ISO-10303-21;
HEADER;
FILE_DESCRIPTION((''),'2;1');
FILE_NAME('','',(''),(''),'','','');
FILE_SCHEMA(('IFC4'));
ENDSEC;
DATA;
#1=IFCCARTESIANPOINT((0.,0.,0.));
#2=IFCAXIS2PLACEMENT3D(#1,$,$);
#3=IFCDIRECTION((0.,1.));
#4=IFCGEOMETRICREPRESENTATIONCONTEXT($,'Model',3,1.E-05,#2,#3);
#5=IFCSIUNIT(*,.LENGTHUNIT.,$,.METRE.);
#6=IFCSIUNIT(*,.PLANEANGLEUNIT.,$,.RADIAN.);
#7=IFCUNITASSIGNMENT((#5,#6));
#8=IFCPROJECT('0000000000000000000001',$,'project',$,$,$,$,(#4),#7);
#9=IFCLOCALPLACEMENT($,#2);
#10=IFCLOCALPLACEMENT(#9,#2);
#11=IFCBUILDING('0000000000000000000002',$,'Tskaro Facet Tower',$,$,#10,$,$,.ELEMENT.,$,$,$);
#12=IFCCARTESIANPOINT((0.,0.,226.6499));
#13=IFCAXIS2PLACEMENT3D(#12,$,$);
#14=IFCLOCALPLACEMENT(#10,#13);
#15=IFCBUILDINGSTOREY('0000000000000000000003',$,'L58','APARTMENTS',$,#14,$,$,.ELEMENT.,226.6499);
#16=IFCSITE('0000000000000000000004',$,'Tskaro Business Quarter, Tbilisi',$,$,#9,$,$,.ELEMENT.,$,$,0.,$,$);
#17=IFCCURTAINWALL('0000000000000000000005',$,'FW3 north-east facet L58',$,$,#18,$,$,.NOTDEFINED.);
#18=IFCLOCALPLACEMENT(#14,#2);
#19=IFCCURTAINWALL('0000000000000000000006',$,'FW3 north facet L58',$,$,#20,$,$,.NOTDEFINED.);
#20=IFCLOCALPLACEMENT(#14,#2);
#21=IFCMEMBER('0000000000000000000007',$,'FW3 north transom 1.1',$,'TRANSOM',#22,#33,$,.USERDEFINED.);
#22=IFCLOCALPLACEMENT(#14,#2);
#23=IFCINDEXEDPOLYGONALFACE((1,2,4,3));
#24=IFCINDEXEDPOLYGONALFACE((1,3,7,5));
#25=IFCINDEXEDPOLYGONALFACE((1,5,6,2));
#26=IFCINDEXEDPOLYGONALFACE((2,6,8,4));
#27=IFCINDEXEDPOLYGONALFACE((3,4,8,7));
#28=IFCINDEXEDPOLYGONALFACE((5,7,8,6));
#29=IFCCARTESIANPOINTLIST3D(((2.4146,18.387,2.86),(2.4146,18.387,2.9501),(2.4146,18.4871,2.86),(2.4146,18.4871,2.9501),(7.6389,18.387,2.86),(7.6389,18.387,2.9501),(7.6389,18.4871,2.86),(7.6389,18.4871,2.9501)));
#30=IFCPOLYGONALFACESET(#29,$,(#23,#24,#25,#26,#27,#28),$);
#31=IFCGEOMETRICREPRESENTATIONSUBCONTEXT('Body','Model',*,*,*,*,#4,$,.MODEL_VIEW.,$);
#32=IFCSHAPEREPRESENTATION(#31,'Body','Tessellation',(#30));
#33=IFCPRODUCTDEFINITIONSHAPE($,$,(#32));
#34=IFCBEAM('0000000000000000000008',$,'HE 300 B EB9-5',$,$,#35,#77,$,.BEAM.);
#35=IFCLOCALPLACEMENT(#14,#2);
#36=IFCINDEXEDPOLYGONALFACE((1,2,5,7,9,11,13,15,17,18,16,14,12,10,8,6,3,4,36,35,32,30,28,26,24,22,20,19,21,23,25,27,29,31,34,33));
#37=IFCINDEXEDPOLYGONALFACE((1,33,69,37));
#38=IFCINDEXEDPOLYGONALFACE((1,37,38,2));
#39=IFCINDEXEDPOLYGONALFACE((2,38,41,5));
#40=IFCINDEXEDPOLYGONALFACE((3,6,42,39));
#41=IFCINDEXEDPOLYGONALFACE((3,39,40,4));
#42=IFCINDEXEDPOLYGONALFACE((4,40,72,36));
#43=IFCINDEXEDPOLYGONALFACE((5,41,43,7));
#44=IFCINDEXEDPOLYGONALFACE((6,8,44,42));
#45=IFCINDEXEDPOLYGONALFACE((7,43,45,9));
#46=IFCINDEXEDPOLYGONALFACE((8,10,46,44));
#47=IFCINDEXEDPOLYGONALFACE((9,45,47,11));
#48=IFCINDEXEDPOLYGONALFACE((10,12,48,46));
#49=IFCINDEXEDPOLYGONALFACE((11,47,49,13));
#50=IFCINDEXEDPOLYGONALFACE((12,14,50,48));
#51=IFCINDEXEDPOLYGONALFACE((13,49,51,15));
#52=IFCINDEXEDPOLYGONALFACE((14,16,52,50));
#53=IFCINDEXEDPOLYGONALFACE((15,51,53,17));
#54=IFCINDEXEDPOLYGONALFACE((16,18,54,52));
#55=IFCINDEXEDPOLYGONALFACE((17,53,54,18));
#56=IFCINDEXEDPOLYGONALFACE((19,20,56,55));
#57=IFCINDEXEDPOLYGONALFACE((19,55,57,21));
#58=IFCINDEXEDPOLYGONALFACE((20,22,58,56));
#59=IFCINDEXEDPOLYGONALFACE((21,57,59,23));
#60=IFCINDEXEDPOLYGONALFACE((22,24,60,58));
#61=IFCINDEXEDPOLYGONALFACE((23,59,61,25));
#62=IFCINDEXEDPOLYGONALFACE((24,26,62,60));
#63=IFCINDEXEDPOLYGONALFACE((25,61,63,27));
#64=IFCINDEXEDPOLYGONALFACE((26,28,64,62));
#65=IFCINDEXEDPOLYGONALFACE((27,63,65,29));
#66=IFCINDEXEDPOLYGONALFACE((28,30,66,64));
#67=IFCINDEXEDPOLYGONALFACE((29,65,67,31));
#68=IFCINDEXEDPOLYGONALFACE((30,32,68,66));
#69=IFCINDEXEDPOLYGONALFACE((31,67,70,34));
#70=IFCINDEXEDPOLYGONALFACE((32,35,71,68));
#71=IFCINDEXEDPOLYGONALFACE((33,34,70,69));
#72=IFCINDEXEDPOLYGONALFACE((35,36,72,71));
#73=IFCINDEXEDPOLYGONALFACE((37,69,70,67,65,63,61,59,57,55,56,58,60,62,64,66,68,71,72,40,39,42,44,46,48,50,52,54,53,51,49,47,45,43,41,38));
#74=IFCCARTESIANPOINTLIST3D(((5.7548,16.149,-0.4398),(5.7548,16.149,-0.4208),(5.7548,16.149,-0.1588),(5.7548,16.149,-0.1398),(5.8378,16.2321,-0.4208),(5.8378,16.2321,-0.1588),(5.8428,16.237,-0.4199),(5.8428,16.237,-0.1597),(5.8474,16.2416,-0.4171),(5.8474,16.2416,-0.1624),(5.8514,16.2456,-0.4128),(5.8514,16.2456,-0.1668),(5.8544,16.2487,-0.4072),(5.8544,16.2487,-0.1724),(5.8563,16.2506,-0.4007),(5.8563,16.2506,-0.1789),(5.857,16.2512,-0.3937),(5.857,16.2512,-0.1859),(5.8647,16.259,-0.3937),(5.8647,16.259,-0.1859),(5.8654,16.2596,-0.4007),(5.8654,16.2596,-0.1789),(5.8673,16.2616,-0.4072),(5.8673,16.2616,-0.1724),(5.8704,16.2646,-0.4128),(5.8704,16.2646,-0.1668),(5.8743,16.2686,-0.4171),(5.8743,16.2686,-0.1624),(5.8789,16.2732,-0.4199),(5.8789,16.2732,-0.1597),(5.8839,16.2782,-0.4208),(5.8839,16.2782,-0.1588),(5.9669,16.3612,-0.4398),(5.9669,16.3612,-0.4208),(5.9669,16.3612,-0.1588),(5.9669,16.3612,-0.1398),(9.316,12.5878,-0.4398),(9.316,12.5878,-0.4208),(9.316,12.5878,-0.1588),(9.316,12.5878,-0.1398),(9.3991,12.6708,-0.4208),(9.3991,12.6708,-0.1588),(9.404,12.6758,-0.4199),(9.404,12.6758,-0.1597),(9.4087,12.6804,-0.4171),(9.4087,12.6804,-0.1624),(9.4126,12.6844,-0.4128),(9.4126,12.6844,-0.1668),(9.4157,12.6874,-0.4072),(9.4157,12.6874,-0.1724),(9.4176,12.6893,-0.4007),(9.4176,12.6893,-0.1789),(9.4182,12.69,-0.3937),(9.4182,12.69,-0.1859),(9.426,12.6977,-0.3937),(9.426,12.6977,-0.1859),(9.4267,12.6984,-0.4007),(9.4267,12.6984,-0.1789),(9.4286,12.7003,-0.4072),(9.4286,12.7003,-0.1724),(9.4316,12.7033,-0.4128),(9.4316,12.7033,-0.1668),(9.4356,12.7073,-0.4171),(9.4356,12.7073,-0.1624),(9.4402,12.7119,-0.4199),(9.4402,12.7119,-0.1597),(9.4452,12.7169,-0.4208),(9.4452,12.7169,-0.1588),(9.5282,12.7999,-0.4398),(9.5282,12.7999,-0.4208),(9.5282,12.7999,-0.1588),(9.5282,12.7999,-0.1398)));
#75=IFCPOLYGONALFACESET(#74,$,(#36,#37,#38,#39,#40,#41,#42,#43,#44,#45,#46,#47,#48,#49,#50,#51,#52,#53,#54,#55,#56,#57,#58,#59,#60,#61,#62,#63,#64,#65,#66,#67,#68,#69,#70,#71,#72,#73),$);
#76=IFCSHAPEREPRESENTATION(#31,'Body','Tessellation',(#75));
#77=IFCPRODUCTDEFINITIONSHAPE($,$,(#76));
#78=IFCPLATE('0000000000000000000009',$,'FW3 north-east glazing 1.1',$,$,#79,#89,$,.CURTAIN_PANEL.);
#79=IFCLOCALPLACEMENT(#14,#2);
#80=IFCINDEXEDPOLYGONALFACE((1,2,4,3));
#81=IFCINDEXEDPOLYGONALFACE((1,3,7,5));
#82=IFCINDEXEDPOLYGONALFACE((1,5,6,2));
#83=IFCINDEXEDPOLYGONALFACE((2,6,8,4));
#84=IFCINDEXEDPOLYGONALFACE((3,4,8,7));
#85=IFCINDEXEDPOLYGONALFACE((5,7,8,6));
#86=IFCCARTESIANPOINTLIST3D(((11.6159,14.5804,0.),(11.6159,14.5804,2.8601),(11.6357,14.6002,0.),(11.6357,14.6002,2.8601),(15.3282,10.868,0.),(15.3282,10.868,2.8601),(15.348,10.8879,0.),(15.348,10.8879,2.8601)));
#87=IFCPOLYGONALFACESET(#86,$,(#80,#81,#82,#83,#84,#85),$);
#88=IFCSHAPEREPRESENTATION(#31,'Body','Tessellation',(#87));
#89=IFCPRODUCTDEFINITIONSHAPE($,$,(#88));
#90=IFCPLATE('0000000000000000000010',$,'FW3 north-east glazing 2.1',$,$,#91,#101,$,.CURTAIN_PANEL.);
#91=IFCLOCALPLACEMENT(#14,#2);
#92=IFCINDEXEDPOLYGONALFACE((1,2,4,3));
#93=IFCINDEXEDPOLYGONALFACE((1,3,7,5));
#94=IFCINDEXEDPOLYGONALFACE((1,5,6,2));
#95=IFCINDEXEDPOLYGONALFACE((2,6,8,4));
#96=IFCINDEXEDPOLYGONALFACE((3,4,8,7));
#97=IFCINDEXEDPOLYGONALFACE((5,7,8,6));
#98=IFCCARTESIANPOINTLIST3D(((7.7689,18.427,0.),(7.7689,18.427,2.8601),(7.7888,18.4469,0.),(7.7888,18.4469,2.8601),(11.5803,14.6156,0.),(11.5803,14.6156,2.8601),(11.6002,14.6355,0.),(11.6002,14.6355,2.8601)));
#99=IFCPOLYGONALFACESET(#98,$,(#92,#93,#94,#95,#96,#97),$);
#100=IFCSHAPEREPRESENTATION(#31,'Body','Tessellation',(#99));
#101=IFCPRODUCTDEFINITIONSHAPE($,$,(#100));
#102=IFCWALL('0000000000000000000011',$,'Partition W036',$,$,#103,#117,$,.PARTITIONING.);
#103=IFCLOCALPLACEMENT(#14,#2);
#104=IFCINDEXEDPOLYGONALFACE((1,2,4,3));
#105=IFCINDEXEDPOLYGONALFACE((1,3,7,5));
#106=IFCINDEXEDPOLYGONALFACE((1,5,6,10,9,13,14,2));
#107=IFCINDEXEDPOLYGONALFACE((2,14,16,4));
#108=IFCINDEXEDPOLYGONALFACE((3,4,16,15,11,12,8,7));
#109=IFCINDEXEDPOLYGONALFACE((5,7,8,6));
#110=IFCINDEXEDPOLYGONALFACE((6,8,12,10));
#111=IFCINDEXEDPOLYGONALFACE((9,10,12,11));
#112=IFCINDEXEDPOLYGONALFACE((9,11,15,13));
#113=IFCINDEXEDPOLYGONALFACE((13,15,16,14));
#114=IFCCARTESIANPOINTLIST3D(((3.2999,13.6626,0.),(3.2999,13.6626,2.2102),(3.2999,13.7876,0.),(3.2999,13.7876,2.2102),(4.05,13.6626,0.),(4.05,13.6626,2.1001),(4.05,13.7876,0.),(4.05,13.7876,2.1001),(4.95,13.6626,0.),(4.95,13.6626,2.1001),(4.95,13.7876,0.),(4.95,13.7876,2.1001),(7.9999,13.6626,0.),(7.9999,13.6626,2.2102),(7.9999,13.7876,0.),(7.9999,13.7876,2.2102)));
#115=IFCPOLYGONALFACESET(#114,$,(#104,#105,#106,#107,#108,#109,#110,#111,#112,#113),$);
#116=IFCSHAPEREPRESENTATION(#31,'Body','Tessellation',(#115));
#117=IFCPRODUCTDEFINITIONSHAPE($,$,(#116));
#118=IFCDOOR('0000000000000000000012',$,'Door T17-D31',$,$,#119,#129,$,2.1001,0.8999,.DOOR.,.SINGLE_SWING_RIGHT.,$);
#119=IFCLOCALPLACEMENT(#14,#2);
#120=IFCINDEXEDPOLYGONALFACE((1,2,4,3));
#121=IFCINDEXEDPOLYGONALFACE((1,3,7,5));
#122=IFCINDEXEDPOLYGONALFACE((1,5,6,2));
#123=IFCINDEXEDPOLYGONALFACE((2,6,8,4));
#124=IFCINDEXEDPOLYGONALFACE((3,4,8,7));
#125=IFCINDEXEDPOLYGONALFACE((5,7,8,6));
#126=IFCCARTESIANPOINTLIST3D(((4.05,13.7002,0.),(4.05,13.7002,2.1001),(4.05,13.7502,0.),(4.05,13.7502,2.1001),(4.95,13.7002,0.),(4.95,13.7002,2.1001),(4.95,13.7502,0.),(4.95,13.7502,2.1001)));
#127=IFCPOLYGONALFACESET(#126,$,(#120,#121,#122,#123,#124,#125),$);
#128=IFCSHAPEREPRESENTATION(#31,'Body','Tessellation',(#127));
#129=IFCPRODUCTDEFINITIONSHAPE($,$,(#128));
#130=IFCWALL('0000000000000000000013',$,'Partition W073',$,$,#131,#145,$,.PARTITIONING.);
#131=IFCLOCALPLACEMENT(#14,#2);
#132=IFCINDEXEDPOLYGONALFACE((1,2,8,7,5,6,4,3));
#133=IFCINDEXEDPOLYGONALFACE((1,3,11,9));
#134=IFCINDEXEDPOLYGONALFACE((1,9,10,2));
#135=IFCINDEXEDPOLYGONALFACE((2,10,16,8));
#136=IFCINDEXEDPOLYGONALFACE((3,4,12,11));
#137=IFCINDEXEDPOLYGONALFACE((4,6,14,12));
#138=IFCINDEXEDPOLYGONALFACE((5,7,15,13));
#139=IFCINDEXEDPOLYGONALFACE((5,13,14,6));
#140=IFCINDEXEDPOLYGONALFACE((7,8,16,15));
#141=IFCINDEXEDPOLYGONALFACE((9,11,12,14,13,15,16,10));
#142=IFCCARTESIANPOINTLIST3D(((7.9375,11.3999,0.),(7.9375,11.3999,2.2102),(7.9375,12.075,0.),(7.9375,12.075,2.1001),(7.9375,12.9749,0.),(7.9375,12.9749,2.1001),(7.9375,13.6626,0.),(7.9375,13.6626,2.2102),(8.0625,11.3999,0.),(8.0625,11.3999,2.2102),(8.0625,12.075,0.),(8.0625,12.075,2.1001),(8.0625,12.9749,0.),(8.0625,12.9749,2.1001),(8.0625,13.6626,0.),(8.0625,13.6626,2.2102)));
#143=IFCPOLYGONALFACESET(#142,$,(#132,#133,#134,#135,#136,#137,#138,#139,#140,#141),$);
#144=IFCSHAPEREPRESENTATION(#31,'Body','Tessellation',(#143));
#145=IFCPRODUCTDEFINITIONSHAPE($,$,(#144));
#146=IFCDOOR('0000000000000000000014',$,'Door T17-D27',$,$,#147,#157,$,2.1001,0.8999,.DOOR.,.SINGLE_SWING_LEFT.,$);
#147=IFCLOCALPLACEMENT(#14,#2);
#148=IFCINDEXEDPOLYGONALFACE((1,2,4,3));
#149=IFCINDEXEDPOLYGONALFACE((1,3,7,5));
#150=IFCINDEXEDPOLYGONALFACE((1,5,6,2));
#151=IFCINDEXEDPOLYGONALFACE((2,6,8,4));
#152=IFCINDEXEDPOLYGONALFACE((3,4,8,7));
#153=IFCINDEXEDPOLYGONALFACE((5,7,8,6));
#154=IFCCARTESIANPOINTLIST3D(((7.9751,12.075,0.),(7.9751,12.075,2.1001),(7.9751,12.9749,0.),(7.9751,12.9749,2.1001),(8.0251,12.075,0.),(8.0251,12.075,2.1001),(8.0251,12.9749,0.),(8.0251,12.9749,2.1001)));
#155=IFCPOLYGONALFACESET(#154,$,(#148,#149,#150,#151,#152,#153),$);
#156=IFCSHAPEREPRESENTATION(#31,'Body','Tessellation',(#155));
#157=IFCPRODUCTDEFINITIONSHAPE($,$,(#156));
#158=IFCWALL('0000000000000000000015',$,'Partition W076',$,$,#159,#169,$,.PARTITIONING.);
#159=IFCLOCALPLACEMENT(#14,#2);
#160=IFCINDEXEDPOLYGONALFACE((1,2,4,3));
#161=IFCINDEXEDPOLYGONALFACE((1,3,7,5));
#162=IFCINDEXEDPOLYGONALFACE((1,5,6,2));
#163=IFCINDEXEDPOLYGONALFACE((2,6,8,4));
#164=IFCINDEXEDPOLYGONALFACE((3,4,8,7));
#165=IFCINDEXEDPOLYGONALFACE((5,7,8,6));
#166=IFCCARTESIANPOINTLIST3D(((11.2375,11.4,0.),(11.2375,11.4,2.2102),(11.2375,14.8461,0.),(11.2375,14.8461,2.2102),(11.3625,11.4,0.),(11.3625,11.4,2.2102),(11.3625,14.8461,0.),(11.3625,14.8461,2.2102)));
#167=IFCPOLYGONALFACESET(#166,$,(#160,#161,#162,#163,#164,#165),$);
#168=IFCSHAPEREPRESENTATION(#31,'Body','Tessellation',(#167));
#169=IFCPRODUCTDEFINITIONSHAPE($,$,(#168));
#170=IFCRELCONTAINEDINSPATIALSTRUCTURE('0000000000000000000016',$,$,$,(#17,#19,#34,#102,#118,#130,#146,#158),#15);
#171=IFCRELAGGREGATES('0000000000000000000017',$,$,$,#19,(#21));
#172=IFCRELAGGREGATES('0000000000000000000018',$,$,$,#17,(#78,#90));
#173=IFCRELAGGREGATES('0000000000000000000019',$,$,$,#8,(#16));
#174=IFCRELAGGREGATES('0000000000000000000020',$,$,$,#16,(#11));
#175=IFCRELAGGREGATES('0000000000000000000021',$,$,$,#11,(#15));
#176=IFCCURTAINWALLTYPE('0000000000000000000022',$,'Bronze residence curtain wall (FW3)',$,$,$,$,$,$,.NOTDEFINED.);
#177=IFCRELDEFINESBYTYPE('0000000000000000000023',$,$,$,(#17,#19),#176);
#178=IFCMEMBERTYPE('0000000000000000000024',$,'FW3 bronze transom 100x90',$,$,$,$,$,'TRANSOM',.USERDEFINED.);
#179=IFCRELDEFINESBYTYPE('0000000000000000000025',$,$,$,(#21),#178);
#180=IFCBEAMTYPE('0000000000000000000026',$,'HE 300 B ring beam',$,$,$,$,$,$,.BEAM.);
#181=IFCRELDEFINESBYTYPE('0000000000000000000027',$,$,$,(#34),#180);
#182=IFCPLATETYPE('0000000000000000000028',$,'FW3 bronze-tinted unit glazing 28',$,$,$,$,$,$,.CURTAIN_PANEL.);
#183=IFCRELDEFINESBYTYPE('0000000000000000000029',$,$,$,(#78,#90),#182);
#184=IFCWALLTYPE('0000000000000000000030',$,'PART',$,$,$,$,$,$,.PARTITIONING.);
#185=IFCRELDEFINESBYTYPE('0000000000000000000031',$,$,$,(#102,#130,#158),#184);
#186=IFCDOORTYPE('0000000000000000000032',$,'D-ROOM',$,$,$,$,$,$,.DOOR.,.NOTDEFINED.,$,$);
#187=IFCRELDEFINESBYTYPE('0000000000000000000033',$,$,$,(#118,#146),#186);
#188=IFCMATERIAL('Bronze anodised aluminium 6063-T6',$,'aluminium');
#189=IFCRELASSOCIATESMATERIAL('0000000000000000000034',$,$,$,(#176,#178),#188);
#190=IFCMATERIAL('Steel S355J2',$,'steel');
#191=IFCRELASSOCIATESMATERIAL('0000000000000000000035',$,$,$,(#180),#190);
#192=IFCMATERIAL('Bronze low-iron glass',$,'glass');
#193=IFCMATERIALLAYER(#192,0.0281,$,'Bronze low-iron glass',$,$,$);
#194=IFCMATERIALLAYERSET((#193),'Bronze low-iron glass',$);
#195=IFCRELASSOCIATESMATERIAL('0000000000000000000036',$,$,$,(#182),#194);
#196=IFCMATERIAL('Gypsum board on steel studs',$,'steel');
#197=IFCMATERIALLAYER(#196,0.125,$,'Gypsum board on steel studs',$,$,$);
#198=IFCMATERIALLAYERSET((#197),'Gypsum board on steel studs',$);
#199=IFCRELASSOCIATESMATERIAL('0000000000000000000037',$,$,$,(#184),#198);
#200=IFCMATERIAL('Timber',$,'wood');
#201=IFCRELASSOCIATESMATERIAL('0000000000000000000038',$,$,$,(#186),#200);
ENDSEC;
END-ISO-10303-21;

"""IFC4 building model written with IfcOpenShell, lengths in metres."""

from ifc_helpers import new_model, si_unit, direction, frame, frame_2d, origin, origin_2d, place, context, subcontext, project, spatial, rectangle, i_section, extrude, material, layer, layer_set, material_profile, profile_set, type_object, element, fill, aggregate, save


model = new_model("IFC4")

# Units and contexts
model_context = context("Model", 3, precision=1e-05, world=origin(), true_north=direction((0.0, 1.0)))
body_context = subcontext(model_context, "Body", "Model", "MODEL_VIEW")
ifc_project = project(units=[si_unit("LENGTHUNIT", "METRE"), si_unit("PLANEANGLEUNIT", "RADIAN")], contexts=[model_context])

# Site, building, storey
site_placement = place(None, origin())
site = spatial("IfcSite", under=ifc_project, at=site_placement, Name="Tskaro Business Quarter, Tbilisi", CompositionType="ELEMENT", RefElevation=0.0)
building_placement = place(site_placement, origin())
building = spatial("IfcBuilding", under=site, at=building_placement, Name="Tskaro Facet Tower", CompositionType="ELEMENT")
storey_placement = place(building_placement, frame((0.0, 0.0, 226.6499)))
storey = spatial("IfcBuildingStorey", under=building, at=storey_placement, Name="L58", Description="APARTMENTS", CompositionType="ELEMENT", Elevation=226.6499)

# Shared definitions
ifc_material_1 = material(Name="Steel S355J2", Category="steel")

# Curtain walls
ifc_material_2 = material(Name="Bronze anodised aluminium 6063-T6", Category="aluminium")
curtain_wall_type = type_object("IfcCurtainWallType", Name="Bronze residence curtain wall (FW3)", PredefinedType="NOTDEFINED", material=ifc_material_2)
curtain_wall_1_placement = place(storey_placement, origin())
curtain_wall_1 = element("IfcCurtainWall", 1, at=curtain_wall_1_placement, inside=storey, type_object=curtain_wall_type, Name="FW3 north-east facet L58", PredefinedType="NOTDEFINED")
curtain_wall_2_placement = place(storey_placement, origin())
curtain_wall_2 = element("IfcCurtainWall", 2, at=curtain_wall_2_placement, inside=storey, type_object=curtain_wall_type, Name="FW3 north facet L58", PredefinedType="NOTDEFINED")

# Member
ifc_material_profile_1 = material_profile(ifc_material_2, rectangle(XDim=0.1001, YDim=0.0901, at=origin_2d()), Name="Transom 100x90")
ifc_profile_set_1 = profile_set([ifc_material_profile_1], Name="Bronze anodised aluminium 6063-T6")
member_type_1 = type_object("IfcMemberType", Name="FW3 bronze transom 100x90", ElementType="TRANSOM", PredefinedType="USERDEFINED", material=ifc_profile_set_1)
member_1_placement = place(storey_placement, frame((7.6389, 18.437, 2.905), z_axis=(-1.0, 0.0, 0.0), x_axis=(0.0, -1.0, 0.0)))
member_1 = element("IfcMember", 3, at=member_1_placement, type_object=member_type_1, Name="FW3 north transom 1.1", ObjectType="TRANSOM", PredefinedType="USERDEFINED", context=body_context, shape_type="SweptSolid", body=[
    extrude(rectangle(XDim=0.1001, YDim=0.0901, at=origin_2d()), origin(), (0.0, 0.0, 1.0), 5.2244),
])
aggregate(curtain_wall_2, [member_1])

# Beam
ifc_material_profile_2 = material_profile(ifc_material_1, i_section(OverallWidth=0.3, OverallDepth=0.3, WebThickness=0.011, FlangeThickness=0.019, FilletRadius=0.0271, at=origin_2d()), Name="HE 300 B")
ifc_profile_set_2 = profile_set([ifc_material_profile_2], Name="Steel S355J2")
beam_type = type_object("IfcBeamType", Name="HE 300 B ring beam", PredefinedType="BEAM", material=ifc_profile_set_2)
beam_placement = place(storey_placement, frame((9.4221, 12.6938, -0.2898), z_axis=(-0.707107, 0.707107, 0.0), x_axis=(-0.707107, -0.707107, 0.0)))
element("IfcBeam", 4, at=beam_placement, inside=storey, type_object=beam_type, Name="HE 300 B EB9-5", PredefinedType="BEAM", context=body_context, shape_type="SweptSolid", body=[
    extrude(i_section(OverallWidth=0.3, OverallDepth=0.3, WebThickness=0.011, FlangeThickness=0.019, FilletRadius=0.0271, at=origin_2d()), origin(), (0.0, 0.0, 1.0), 5.0364),
])

# Plates
ifc_material_3 = material(Name="Bronze low-iron glass", Category="glass")
ifc_layer_1 = layer(ifc_material_3, 0.0281, Name="Bronze low-iron glass")
ifc_layer_set_1 = layer_set([ifc_layer_1], Name="Bronze low-iron glass")
plate_type = type_object("IfcPlateType", Name="FW3 bronze-tinted unit glazing 28", PredefinedType="CURTAIN_PANEL", material=ifc_layer_set_1)
plate_1_placement = place(storey_placement, frame((13.4819, 12.7341, 0.0), z_axis=(0.0, 0.0, 1.0), x_axis=(-0.707107, 0.707107, 0.0)))
plate_1 = element("IfcPlate", 5, at=plate_1_placement, type_object=plate_type, Name="FW3 north-east glazing 1.1", PredefinedType="CURTAIN_PANEL", context=body_context, shape_type="SweptSolid", body=[
    extrude(rectangle(XDim=5.25, YDim=0.0281, at=origin_2d()), origin(), (0.0, 0.0, 1.0), 2.8601),
])
plate_2_placement = place(storey_placement, frame((9.6846, 16.5312, 0.0), z_axis=(0.0, 0.0, 1.0), x_axis=(-0.707107, 0.707107, 0.0)))
plate_2 = element("IfcPlate", 6, at=plate_2_placement, type_object=plate_type, Name="FW3 north-east glazing 2.1", PredefinedType="CURTAIN_PANEL", context=body_context, shape_type="SweptSolid", body=[
    extrude(rectangle(XDim=5.3901, YDim=0.0281, at=origin_2d()), origin(), (0.0, 0.0, 1.0), 2.8601),
])
aggregate(curtain_wall_1, [plate_1, plate_2])

# Walls, openings, doors
ifc_material_4 = material(Name="Gypsum board on steel studs", Category="steel")
ifc_layer_2 = layer(ifc_material_4, 0.125, Name="Gypsum board on steel studs")
ifc_layer_set_2 = layer_set([ifc_layer_2], Name="Gypsum board on steel studs")
wall_type = type_object("IfcWallType", Name="PART", PredefinedType="PARTITIONING", material=ifc_layer_set_2)
wall_1_placement = place(storey_placement, frame((8.0, 13.7251, 0.0), z_axis=(0.0, 0.0, 1.0), x_axis=(-1.0, 0.0, 0.0)))
wall_1 = element("IfcWall", 7, at=wall_1_placement, inside=storey, type_object=wall_type, Name="Partition W036", PredefinedType="PARTITIONING", context=body_context, shape_type="SweptSolid", body=[
    extrude(rectangle(XDim=4.7, YDim=0.125, at=frame_2d((2.3501, 0.0))), origin(), (0.0, 0.0, 1.0), 2.2102),
])
opening_1_placement = place(wall_1_placement, frame((3.05, 0.0, 0.0)))
opening_1 = element("IfcOpeningElement", 8, at=opening_1_placement, cuts=wall_1, PredefinedType="OPENING", context=body_context, shape_type="SweptSolid", body=[
    extrude(rectangle(XDim=0.8999, YDim=2.1001, at=frame_2d((0.45, 1.05))), frame((0.0, 0.0725, 0.0), z_axis=(0.0, -1.0, 0.0), x_axis=(1.0, 0.0, 0.0)), (0.0, 0.0, 1.0), 0.145),
])
ifc_material_5 = material(Name="Timber", Category="wood")
door_type = type_object("IfcDoorType", Name="D-ROOM", OperationType="NOTDEFINED", PredefinedType="DOOR", material=ifc_material_5)
door_1_placement = place(opening_1_placement, origin())
door_1 = element("IfcDoor", 9, at=door_1_placement, inside=storey, type_object=door_type, Name="Door T17-D31", OperationType="SINGLE_SWING_RIGHT", OverallHeight=2.1001, OverallWidth=0.8999, PredefinedType="DOOR", context=body_context, shape_type="SweptSolid", body=[
    extrude(rectangle(XDim=0.8999, YDim=2.1001, at=frame_2d((0.45, 1.05))), frame((0.0, 0.0249, 0.0), z_axis=(0.0, -1.0, 0.0), x_axis=(1.0, 0.0, 0.0)), (0.0, 0.0, 1.0), 0.05),
])
fill(opening_1, door_1)
wall_2_placement = place(storey_placement, frame((8.0, 11.3999, 0.0), z_axis=(0.0, 0.0, 1.0), x_axis=(0.0, 1.0, 0.0)))
wall_2 = element("IfcWall", 10, at=wall_2_placement, inside=storey, type_object=wall_type, Name="Partition W073", PredefinedType="PARTITIONING", context=body_context, shape_type="SweptSolid", body=[
    extrude(rectangle(XDim=2.2627, YDim=0.125, at=frame_2d((1.1313, 0.0))), origin(), (0.0, 0.0, 1.0), 2.2102),
])
opening_2_placement = place(wall_2_placement, frame((0.675, 0.0, 0.0)))
opening_2 = element("IfcOpeningElement", 11, at=opening_2_placement, cuts=wall_2, PredefinedType="OPENING", context=body_context, shape_type="SweptSolid", body=[
    extrude(rectangle(XDim=0.8999, YDim=2.1001, at=frame_2d((0.45, 1.05))), frame((0.0, 0.0725, 0.0), z_axis=(0.0, -1.0, 0.0), x_axis=(1.0, 0.0, 0.0)), (0.0, 0.0, 1.0), 0.145),
])
door_2_placement = place(opening_2_placement, origin())
door_2 = element("IfcDoor", 12, at=door_2_placement, inside=storey, type_object=door_type, Name="Door T17-D27", OperationType="SINGLE_SWING_LEFT", OverallHeight=2.1001, OverallWidth=0.8999, PredefinedType="DOOR", context=body_context, shape_type="SweptSolid", body=[
    extrude(rectangle(XDim=0.8999, YDim=2.1001, at=frame_2d((0.45, 1.05))), frame((0.0, 0.0249, 0.0), z_axis=(0.0, -1.0, 0.0), x_axis=(1.0, 0.0, 0.0)), (0.0, 0.0, 1.0), 0.05),
])
fill(opening_2, door_2)

# Wall
wall_3_placement = place(storey_placement, frame((11.3, 11.3999, 0.0), z_axis=(0.0, 0.0, 1.0), x_axis=(0.0, 1.0, 0.0)))
element("IfcWall", 13, at=wall_3_placement, inside=storey, type_object=wall_type, Name="Partition W076", PredefinedType="PARTITIONING", context=body_context, shape_type="SweptSolid", body=[
    extrude(rectangle(XDim=3.446, YDim=0.125, at=frame_2d((1.7231, 0.0))), origin(), (0.0, 0.0, 1.0), 2.2102),
])

save(model, "model.ifc")
